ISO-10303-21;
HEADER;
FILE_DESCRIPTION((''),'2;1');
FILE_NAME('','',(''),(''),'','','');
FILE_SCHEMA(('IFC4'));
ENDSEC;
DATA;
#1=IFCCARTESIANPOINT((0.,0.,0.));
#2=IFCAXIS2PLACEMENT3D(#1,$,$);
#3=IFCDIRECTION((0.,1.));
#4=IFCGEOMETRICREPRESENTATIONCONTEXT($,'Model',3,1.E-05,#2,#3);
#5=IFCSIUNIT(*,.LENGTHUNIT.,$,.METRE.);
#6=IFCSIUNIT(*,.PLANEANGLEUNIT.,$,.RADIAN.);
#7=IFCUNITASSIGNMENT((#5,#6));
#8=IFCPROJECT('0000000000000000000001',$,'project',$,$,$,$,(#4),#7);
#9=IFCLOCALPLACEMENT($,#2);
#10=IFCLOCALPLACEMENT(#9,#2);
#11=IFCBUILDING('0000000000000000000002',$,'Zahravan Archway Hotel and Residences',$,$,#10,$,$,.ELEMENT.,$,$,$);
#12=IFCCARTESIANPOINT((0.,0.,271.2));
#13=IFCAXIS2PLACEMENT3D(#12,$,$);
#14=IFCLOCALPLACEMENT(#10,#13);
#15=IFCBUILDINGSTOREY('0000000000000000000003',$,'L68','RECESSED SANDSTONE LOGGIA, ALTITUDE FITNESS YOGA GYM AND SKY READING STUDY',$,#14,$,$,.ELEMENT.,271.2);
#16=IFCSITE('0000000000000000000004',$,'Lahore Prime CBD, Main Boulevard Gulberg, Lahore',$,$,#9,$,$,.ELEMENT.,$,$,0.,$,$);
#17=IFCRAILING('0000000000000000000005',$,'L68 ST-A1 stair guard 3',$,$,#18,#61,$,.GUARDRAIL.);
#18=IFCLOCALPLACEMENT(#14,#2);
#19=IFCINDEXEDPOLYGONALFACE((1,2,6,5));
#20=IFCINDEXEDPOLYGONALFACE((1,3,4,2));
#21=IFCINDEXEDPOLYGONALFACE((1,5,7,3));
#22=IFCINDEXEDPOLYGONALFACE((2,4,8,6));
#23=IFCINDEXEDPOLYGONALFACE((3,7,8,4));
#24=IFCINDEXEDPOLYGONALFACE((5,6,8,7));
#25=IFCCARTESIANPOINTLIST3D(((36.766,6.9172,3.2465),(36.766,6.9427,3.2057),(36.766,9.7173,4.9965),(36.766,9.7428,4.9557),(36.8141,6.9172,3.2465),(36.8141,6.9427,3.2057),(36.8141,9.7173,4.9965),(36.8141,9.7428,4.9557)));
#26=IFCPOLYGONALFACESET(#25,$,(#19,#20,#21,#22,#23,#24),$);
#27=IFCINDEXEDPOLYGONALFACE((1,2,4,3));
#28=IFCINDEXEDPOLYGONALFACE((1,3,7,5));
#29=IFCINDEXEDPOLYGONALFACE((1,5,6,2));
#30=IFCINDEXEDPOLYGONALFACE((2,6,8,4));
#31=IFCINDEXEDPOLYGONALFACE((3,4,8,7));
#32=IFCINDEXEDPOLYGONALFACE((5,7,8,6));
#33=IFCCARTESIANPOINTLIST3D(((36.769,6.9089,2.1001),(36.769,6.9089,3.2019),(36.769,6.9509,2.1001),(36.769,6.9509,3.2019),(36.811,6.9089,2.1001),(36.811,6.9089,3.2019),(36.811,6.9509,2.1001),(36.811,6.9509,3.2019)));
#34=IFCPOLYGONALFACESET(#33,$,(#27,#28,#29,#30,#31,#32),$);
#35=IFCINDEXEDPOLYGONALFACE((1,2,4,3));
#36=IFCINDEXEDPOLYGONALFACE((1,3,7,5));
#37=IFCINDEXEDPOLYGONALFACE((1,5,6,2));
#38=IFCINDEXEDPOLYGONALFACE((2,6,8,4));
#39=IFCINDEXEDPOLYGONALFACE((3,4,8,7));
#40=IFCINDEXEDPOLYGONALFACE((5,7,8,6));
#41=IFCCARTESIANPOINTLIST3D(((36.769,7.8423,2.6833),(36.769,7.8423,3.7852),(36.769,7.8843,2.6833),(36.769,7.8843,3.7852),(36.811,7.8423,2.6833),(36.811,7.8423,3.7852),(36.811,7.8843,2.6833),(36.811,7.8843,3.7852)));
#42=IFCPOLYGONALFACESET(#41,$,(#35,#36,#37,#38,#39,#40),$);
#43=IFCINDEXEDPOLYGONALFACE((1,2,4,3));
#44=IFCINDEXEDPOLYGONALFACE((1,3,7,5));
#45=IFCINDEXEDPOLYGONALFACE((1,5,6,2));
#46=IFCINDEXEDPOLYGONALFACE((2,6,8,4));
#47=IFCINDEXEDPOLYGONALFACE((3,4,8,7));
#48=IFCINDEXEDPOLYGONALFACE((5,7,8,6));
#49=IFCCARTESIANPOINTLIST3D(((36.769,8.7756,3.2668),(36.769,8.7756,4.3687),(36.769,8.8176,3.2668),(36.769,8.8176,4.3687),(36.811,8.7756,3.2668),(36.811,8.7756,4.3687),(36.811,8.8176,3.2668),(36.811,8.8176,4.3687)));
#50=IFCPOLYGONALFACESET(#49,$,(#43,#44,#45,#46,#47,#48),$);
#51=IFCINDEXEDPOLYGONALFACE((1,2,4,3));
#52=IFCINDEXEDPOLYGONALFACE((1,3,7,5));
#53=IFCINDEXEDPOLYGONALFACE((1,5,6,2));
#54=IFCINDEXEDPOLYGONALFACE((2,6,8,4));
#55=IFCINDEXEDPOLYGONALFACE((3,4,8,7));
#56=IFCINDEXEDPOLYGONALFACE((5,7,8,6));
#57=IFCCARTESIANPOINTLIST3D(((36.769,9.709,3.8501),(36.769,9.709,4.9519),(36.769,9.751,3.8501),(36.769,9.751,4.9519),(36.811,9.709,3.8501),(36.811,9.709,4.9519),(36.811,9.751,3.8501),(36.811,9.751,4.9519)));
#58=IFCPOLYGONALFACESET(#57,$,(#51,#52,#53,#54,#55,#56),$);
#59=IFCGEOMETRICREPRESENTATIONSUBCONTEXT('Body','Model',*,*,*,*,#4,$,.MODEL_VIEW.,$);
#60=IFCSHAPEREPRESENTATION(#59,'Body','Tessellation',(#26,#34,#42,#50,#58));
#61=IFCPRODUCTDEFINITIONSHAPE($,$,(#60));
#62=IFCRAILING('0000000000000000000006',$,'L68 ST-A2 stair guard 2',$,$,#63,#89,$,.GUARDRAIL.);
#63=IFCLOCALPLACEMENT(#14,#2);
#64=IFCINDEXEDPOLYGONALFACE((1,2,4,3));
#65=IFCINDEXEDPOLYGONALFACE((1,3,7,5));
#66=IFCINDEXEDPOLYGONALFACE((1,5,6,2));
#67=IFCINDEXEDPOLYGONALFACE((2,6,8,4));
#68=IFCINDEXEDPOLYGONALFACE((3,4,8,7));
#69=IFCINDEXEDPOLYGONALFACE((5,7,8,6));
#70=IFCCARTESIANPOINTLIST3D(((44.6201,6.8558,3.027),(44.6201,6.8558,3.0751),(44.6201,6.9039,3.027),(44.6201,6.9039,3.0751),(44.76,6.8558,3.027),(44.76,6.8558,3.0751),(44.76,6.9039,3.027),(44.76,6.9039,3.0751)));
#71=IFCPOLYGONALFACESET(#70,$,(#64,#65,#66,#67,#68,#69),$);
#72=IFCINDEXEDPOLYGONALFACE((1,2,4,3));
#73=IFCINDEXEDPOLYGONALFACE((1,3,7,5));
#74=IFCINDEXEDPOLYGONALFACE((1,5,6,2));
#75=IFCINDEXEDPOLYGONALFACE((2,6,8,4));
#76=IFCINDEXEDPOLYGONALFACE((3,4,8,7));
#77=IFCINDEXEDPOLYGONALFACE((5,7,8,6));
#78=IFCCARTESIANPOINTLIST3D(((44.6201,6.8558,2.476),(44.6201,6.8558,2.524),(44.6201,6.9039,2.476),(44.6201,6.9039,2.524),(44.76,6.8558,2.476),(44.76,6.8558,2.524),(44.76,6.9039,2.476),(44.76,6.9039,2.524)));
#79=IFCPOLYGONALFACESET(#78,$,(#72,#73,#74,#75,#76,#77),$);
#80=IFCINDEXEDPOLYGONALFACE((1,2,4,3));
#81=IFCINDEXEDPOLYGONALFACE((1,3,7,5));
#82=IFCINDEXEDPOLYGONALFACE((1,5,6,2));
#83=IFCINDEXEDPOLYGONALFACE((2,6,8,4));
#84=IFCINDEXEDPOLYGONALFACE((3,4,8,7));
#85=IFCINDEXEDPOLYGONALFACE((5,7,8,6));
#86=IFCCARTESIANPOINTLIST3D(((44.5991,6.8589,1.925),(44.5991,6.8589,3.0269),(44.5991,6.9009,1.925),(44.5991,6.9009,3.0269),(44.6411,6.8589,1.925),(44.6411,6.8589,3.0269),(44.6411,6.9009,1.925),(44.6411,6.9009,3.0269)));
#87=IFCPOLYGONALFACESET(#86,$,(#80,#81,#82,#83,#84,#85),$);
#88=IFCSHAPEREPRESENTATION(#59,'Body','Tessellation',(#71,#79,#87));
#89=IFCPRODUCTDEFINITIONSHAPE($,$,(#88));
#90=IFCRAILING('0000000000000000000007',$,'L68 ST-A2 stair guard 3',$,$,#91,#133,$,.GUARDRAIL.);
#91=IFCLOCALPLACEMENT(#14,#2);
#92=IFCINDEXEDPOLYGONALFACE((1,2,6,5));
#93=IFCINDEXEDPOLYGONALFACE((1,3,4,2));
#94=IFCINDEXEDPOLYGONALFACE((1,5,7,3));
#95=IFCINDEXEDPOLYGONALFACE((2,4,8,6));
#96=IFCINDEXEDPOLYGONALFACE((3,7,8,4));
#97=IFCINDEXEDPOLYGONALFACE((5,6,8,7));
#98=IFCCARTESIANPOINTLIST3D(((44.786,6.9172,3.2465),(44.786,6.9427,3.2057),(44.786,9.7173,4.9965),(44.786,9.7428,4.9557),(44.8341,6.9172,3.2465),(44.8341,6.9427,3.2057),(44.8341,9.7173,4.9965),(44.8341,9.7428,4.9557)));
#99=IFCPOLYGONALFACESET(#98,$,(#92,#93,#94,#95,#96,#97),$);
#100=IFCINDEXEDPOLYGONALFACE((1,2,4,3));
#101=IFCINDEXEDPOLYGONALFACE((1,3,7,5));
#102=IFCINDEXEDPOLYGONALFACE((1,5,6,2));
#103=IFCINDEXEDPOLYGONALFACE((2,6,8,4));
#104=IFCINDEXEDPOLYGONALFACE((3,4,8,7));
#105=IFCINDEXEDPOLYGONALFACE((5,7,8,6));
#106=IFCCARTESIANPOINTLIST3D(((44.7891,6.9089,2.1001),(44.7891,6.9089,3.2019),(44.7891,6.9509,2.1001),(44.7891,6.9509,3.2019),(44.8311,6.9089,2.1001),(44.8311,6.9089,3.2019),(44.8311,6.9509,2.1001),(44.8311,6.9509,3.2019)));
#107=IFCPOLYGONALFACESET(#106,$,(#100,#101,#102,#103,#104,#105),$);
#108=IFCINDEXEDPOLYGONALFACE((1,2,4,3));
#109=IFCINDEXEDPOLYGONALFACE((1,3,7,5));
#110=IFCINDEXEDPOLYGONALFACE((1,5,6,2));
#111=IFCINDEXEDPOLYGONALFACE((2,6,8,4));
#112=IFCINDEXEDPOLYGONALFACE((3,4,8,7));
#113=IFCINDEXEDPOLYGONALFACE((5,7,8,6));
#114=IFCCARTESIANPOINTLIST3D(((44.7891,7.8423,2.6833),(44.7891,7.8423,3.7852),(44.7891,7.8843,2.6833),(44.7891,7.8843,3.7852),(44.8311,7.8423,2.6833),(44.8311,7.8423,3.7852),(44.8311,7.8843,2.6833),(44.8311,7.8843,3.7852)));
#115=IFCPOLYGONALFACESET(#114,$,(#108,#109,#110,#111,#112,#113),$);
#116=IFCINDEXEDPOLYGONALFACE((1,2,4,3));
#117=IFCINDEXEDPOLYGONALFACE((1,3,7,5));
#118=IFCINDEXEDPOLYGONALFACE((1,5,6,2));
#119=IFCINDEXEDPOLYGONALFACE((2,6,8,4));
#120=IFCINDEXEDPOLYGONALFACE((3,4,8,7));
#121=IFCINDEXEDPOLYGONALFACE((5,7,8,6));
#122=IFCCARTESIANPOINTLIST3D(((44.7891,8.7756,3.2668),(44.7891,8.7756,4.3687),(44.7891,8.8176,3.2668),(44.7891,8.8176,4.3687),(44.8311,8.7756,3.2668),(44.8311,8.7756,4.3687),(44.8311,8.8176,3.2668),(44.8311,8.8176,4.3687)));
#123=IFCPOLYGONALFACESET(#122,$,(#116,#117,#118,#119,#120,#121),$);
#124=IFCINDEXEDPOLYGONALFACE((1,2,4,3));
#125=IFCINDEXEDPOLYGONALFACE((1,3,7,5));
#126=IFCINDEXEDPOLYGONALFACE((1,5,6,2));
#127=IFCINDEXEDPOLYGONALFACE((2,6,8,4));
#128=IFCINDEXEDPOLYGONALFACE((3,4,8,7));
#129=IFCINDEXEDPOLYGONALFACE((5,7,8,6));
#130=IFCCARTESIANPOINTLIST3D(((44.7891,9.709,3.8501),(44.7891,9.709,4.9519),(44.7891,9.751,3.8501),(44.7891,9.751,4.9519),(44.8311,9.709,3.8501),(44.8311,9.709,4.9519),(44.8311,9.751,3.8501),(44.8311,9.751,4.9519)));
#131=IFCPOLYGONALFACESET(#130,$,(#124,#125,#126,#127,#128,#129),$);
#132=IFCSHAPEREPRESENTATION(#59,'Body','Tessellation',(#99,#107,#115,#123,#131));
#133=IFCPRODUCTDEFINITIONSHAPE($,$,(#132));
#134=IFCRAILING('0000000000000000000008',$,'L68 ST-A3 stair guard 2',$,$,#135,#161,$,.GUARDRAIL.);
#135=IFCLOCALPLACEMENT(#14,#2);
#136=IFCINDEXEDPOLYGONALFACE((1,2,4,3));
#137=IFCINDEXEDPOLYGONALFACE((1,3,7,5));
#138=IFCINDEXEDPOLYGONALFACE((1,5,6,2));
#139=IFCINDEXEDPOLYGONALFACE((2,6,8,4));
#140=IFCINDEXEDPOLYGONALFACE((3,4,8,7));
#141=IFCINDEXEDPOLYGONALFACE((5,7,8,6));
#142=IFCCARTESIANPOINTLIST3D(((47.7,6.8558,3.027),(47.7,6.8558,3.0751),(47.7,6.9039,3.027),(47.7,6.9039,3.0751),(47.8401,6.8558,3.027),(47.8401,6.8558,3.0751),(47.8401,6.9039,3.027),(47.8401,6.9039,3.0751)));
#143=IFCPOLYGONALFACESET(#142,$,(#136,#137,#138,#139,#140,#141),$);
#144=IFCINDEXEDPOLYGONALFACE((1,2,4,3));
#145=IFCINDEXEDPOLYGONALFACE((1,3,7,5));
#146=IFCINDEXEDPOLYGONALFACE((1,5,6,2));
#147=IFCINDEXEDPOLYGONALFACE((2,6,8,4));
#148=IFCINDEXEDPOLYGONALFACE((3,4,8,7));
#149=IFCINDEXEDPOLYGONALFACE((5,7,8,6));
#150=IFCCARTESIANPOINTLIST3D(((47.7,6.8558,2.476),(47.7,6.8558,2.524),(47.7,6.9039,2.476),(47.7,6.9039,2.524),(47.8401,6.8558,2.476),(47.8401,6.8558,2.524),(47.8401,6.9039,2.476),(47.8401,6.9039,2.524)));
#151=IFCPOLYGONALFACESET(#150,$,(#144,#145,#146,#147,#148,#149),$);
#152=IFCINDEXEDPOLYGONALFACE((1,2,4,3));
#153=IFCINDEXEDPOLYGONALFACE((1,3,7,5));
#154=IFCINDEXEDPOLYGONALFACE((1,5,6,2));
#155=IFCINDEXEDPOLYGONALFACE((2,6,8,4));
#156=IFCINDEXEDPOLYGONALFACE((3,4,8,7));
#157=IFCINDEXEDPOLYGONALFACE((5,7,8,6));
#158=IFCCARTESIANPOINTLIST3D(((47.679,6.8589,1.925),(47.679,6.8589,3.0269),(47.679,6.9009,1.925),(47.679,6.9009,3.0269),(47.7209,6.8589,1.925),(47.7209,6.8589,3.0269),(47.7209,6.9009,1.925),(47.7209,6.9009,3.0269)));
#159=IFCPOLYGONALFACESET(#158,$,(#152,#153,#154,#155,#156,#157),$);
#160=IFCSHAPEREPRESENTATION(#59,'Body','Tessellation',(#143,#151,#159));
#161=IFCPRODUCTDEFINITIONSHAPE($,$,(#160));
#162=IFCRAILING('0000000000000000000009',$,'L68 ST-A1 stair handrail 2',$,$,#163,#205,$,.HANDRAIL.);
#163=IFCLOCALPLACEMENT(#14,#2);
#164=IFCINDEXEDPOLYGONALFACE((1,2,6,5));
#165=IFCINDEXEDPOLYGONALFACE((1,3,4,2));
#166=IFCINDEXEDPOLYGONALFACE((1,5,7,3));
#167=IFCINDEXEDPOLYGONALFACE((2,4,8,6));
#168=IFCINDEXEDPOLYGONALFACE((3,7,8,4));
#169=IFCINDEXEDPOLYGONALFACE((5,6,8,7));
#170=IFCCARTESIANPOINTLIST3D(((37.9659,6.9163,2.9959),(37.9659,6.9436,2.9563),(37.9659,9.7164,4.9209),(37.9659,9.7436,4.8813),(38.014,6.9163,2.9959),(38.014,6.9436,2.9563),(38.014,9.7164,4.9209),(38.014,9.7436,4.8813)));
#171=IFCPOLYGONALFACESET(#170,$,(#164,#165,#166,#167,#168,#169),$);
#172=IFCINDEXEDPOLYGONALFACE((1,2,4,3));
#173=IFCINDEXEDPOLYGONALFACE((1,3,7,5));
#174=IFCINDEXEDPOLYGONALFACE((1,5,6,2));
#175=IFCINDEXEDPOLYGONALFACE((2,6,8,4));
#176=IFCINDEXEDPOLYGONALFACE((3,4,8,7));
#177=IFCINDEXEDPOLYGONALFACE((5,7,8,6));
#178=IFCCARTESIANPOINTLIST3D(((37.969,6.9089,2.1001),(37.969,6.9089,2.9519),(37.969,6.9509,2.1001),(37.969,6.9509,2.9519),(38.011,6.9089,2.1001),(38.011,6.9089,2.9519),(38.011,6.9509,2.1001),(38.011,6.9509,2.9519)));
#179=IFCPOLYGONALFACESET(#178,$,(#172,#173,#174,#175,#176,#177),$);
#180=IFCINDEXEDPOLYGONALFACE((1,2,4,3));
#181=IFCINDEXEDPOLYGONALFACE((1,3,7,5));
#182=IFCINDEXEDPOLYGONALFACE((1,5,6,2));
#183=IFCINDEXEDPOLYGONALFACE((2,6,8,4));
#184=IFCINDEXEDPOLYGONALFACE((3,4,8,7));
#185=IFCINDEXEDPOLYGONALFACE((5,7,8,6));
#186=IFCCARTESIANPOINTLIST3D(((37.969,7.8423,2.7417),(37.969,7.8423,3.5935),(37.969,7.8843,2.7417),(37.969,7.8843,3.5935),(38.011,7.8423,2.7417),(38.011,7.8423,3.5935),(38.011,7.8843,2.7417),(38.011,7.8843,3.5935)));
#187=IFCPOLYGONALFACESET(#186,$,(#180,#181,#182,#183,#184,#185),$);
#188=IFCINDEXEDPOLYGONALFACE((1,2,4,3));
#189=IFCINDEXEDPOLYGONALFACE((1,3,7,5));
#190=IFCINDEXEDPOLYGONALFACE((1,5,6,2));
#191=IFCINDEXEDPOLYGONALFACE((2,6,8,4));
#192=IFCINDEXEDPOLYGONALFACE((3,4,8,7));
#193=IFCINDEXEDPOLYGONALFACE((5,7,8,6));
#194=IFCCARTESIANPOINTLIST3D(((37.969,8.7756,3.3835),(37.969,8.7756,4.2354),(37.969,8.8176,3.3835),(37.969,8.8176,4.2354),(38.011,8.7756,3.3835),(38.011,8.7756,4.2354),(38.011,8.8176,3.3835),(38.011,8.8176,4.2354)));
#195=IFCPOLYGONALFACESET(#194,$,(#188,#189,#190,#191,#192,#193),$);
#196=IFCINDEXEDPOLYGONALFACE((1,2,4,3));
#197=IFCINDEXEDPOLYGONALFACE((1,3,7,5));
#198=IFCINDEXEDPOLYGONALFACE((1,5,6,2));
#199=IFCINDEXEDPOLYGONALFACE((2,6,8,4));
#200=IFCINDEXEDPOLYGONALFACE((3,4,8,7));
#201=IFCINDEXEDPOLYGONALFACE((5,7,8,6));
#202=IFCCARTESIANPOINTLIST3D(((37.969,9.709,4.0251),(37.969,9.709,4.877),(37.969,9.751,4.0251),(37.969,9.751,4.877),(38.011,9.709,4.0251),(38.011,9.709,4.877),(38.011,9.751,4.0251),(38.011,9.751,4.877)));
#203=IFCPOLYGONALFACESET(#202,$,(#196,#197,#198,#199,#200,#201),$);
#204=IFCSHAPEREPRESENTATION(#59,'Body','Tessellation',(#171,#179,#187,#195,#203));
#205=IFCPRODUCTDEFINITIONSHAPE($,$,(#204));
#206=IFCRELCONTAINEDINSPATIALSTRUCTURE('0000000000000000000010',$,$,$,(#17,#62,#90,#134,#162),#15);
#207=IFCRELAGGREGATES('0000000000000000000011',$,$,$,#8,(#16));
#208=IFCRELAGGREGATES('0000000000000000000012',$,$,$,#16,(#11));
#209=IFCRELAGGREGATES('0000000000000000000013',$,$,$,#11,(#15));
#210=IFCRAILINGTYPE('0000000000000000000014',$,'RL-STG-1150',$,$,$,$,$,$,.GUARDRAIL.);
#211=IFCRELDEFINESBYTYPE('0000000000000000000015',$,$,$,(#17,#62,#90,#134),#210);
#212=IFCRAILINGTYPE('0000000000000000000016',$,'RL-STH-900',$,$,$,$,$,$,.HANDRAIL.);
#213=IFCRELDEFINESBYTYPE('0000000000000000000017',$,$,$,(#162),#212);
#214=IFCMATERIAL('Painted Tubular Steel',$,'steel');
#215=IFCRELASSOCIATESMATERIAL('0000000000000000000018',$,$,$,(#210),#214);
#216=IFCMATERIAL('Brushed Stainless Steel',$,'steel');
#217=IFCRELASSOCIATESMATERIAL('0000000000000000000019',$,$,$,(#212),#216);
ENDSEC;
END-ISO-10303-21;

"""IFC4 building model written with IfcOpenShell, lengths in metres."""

from ifc_helpers import new_model, si_unit, direction, frame, origin, origin_2d, place, context, subcontext, project, spatial, rectangle, extrude, material, type_object, element, save


model = new_model("IFC4")

# Units and contexts
model_context = context("Model", 3, precision=1e-05, world=origin(), true_north=direction((0.0, 1.0)))
body_context = subcontext(model_context, "Body", "Model", "MODEL_VIEW")
ifc_project = project(units=[si_unit("LENGTHUNIT", "METRE"), si_unit("PLANEANGLEUNIT", "RADIAN")], contexts=[model_context])

# Site, building, storey
site_placement = place(None, origin())
site = spatial("IfcSite", under=ifc_project, at=site_placement, Name="Lahore Prime CBD, Main Boulevard Gulberg, Lahore", CompositionType="ELEMENT", RefElevation=0.0)
building_placement = place(site_placement, origin())
building = spatial("IfcBuilding", under=site, at=building_placement, Name="Zahravan Archway Hotel and Residences", CompositionType="ELEMENT")
storey_placement = place(building_placement, frame((0.0, 0.0, 271.2)))
storey = spatial("IfcBuildingStorey", under=building, at=storey_placement, Name="L68", Description="RECESSED SANDSTONE LOGGIA, ALTITUDE FITNESS YOGA GYM AND SKY READING STUDY", CompositionType="ELEMENT", Elevation=271.2)

# Railings
ifc_material_1 = material(Name="Painted Tubular Steel", Category="steel")
railing_type_1 = type_object("IfcRailingType", Name="RL-STG-1150", PredefinedType="GUARDRAIL", material=ifc_material_1)
railing_1_placement = place(storey_placement, frame((36.79, 6.9299, 2.1001)))
element("IfcRailing", 1, at=railing_1_placement, inside=storey, type_object=railing_type_1, Name="L68 ST-A1 stair guard 3", PredefinedType="GUARDRAIL", context=body_context, shape_type="SweptSolid", body=[
    extrude(rectangle(XDim=0.0481, YDim=0.0481, at=origin_2d()), frame((0.0, 0.0, 1.126), z_axis=(0.0, 0.848002, 0.529992), x_axis=(-1.0, 0.0, 0.0)), (0.0, 0.0, 1.0), 3.302),
    extrude(rectangle(XDim=0.042, YDim=0.042, at=origin_2d()), origin(), (0.0, 0.0, 1.0), 1.1018),
    extrude(rectangle(XDim=0.042, YDim=0.042, at=origin_2d()), frame((0.0, 0.9333, 0.5833)), (0.0, 0.0, 1.0), 1.1018),
    extrude(rectangle(XDim=0.042, YDim=0.042, at=origin_2d()), frame((0.0, 1.8667, 1.1667)), (0.0, 0.0, 1.0), 1.1018),
    extrude(rectangle(XDim=0.042, YDim=0.042, at=origin_2d()), frame((0.0, 2.8, 1.75)), (0.0, 0.0, 1.0), 1.1018),
])
railing_2_placement = place(storey_placement, frame((44.6201, 6.8799, 1.925)))
element("IfcRailing", 2, at=railing_2_placement, inside=storey, type_object=railing_type_1, Name="L68 ST-A2 stair guard 2", PredefinedType="GUARDRAIL", context=body_context, shape_type="SweptSolid", body=[
    extrude(rectangle(XDim=0.0481, YDim=0.0481, at=origin_2d()), frame((0.0, 0.0, 1.126), z_axis=(1.0, 0.0, 0.0), x_axis=(0.0, 1.0, 0.0)), (0.0, 0.0, 1.0), 0.1399),
    extrude(rectangle(XDim=0.0481, YDim=0.0481, at=origin_2d()), frame((0.0, 0.0, 0.575), z_axis=(1.0, 0.0, 0.0), x_axis=(0.0, 1.0, 0.0)), (0.0, 0.0, 1.0), 0.1399),
    extrude(rectangle(XDim=0.042, YDim=0.042, at=origin_2d()), origin(), (0.0, 0.0, 1.0), 1.1018),
])
railing_3_placement = place(storey_placement, frame((44.8101, 6.9299, 2.1001)))
element("IfcRailing", 3, at=railing_3_placement, inside=storey, type_object=railing_type_1, Name="L68 ST-A2 stair guard 3", PredefinedType="GUARDRAIL", context=body_context, shape_type="SweptSolid", body=[
    extrude(rectangle(XDim=0.0481, YDim=0.0481, at=origin_2d()), frame((0.0, 0.0, 1.126), z_axis=(0.0, 0.848002, 0.529992), x_axis=(-1.0, 0.0, 0.0)), (0.0, 0.0, 1.0), 3.302),
    extrude(rectangle(XDim=0.042, YDim=0.042, at=origin_2d()), origin(), (0.0, 0.0, 1.0), 1.1018),
    extrude(rectangle(XDim=0.042, YDim=0.042, at=origin_2d()), frame((0.0, 0.9333, 0.5833)), (0.0, 0.0, 1.0), 1.1018),
    extrude(rectangle(XDim=0.042, YDim=0.042, at=origin_2d()), frame((0.0, 1.8667, 1.1667)), (0.0, 0.0, 1.0), 1.1018),
    extrude(rectangle(XDim=0.042, YDim=0.042, at=origin_2d()), frame((0.0, 2.8, 1.75)), (0.0, 0.0, 1.0), 1.1018),
])
railing_4_placement = place(storey_placement, frame((47.7, 6.8799, 1.925)))
element("IfcRailing", 4, at=railing_4_placement, inside=storey, type_object=railing_type_1, Name="L68 ST-A3 stair guard 2", PredefinedType="GUARDRAIL", context=body_context, shape_type="SweptSolid", body=[
    extrude(rectangle(XDim=0.0481, YDim=0.0481, at=origin_2d()), frame((0.0, 0.0, 1.126), z_axis=(1.0, 0.0, 0.0), x_axis=(0.0, 1.0, 0.0)), (0.0, 0.0, 1.0), 0.1401),
    extrude(rectangle(XDim=0.0481, YDim=0.0481, at=origin_2d()), frame((0.0, 0.0, 0.575), z_axis=(1.0, 0.0, 0.0), x_axis=(0.0, 1.0, 0.0)), (0.0, 0.0, 1.0), 0.1401),
    extrude(rectangle(XDim=0.042, YDim=0.042, at=origin_2d()), origin(), (0.0, 0.0, 1.0), 1.1018),
])
ifc_material_2 = material(Name="Brushed Stainless Steel", Category="steel")
railing_type_2 = type_object("IfcRailingType", Name="RL-STH-900", PredefinedType="HANDRAIL", material=ifc_material_2)
for number, where, name in (
    (5, (37.99, 6.9299, 2.1001), "L68 ST-A1 stair handrail 2"),
):
    element("IfcRailing", number, at=place(storey_placement, frame(where)), inside=storey, type_object=railing_type_2, Name=name, PredefinedType="HANDRAIL", context=body_context, shape_type="SweptSolid", body=[
        extrude(rectangle(XDim=0.0481, YDim=0.0481, at=origin_2d()), frame((0.0, 0.0, 0.876), z_axis=(0.0, 0.82404, 0.566532), x_axis=(-1.0, 0.0, 0.0)), (0.0, 0.0, 1.0), 3.3979),
        extrude(rectangle(XDim=0.042, YDim=0.042, at=origin_2d()), origin(), (0.0, 0.0, 1.0), 0.8518),
        extrude(rectangle(XDim=0.042, YDim=0.042, at=origin_2d()), frame((0.0, 0.9333, 0.6416)), (0.0, 0.0, 1.0), 0.8518),
        extrude(rectangle(XDim=0.042, YDim=0.042, at=origin_2d()), frame((0.0, 1.8667, 1.2834)), (0.0, 0.0, 1.0), 0.8518),
        extrude(rectangle(XDim=0.042, YDim=0.042, at=origin_2d()), frame((0.0, 2.8, 1.925)), (0.0, 0.0, 1.0), 0.8518),
    ])

save(model, "model.ifc")
